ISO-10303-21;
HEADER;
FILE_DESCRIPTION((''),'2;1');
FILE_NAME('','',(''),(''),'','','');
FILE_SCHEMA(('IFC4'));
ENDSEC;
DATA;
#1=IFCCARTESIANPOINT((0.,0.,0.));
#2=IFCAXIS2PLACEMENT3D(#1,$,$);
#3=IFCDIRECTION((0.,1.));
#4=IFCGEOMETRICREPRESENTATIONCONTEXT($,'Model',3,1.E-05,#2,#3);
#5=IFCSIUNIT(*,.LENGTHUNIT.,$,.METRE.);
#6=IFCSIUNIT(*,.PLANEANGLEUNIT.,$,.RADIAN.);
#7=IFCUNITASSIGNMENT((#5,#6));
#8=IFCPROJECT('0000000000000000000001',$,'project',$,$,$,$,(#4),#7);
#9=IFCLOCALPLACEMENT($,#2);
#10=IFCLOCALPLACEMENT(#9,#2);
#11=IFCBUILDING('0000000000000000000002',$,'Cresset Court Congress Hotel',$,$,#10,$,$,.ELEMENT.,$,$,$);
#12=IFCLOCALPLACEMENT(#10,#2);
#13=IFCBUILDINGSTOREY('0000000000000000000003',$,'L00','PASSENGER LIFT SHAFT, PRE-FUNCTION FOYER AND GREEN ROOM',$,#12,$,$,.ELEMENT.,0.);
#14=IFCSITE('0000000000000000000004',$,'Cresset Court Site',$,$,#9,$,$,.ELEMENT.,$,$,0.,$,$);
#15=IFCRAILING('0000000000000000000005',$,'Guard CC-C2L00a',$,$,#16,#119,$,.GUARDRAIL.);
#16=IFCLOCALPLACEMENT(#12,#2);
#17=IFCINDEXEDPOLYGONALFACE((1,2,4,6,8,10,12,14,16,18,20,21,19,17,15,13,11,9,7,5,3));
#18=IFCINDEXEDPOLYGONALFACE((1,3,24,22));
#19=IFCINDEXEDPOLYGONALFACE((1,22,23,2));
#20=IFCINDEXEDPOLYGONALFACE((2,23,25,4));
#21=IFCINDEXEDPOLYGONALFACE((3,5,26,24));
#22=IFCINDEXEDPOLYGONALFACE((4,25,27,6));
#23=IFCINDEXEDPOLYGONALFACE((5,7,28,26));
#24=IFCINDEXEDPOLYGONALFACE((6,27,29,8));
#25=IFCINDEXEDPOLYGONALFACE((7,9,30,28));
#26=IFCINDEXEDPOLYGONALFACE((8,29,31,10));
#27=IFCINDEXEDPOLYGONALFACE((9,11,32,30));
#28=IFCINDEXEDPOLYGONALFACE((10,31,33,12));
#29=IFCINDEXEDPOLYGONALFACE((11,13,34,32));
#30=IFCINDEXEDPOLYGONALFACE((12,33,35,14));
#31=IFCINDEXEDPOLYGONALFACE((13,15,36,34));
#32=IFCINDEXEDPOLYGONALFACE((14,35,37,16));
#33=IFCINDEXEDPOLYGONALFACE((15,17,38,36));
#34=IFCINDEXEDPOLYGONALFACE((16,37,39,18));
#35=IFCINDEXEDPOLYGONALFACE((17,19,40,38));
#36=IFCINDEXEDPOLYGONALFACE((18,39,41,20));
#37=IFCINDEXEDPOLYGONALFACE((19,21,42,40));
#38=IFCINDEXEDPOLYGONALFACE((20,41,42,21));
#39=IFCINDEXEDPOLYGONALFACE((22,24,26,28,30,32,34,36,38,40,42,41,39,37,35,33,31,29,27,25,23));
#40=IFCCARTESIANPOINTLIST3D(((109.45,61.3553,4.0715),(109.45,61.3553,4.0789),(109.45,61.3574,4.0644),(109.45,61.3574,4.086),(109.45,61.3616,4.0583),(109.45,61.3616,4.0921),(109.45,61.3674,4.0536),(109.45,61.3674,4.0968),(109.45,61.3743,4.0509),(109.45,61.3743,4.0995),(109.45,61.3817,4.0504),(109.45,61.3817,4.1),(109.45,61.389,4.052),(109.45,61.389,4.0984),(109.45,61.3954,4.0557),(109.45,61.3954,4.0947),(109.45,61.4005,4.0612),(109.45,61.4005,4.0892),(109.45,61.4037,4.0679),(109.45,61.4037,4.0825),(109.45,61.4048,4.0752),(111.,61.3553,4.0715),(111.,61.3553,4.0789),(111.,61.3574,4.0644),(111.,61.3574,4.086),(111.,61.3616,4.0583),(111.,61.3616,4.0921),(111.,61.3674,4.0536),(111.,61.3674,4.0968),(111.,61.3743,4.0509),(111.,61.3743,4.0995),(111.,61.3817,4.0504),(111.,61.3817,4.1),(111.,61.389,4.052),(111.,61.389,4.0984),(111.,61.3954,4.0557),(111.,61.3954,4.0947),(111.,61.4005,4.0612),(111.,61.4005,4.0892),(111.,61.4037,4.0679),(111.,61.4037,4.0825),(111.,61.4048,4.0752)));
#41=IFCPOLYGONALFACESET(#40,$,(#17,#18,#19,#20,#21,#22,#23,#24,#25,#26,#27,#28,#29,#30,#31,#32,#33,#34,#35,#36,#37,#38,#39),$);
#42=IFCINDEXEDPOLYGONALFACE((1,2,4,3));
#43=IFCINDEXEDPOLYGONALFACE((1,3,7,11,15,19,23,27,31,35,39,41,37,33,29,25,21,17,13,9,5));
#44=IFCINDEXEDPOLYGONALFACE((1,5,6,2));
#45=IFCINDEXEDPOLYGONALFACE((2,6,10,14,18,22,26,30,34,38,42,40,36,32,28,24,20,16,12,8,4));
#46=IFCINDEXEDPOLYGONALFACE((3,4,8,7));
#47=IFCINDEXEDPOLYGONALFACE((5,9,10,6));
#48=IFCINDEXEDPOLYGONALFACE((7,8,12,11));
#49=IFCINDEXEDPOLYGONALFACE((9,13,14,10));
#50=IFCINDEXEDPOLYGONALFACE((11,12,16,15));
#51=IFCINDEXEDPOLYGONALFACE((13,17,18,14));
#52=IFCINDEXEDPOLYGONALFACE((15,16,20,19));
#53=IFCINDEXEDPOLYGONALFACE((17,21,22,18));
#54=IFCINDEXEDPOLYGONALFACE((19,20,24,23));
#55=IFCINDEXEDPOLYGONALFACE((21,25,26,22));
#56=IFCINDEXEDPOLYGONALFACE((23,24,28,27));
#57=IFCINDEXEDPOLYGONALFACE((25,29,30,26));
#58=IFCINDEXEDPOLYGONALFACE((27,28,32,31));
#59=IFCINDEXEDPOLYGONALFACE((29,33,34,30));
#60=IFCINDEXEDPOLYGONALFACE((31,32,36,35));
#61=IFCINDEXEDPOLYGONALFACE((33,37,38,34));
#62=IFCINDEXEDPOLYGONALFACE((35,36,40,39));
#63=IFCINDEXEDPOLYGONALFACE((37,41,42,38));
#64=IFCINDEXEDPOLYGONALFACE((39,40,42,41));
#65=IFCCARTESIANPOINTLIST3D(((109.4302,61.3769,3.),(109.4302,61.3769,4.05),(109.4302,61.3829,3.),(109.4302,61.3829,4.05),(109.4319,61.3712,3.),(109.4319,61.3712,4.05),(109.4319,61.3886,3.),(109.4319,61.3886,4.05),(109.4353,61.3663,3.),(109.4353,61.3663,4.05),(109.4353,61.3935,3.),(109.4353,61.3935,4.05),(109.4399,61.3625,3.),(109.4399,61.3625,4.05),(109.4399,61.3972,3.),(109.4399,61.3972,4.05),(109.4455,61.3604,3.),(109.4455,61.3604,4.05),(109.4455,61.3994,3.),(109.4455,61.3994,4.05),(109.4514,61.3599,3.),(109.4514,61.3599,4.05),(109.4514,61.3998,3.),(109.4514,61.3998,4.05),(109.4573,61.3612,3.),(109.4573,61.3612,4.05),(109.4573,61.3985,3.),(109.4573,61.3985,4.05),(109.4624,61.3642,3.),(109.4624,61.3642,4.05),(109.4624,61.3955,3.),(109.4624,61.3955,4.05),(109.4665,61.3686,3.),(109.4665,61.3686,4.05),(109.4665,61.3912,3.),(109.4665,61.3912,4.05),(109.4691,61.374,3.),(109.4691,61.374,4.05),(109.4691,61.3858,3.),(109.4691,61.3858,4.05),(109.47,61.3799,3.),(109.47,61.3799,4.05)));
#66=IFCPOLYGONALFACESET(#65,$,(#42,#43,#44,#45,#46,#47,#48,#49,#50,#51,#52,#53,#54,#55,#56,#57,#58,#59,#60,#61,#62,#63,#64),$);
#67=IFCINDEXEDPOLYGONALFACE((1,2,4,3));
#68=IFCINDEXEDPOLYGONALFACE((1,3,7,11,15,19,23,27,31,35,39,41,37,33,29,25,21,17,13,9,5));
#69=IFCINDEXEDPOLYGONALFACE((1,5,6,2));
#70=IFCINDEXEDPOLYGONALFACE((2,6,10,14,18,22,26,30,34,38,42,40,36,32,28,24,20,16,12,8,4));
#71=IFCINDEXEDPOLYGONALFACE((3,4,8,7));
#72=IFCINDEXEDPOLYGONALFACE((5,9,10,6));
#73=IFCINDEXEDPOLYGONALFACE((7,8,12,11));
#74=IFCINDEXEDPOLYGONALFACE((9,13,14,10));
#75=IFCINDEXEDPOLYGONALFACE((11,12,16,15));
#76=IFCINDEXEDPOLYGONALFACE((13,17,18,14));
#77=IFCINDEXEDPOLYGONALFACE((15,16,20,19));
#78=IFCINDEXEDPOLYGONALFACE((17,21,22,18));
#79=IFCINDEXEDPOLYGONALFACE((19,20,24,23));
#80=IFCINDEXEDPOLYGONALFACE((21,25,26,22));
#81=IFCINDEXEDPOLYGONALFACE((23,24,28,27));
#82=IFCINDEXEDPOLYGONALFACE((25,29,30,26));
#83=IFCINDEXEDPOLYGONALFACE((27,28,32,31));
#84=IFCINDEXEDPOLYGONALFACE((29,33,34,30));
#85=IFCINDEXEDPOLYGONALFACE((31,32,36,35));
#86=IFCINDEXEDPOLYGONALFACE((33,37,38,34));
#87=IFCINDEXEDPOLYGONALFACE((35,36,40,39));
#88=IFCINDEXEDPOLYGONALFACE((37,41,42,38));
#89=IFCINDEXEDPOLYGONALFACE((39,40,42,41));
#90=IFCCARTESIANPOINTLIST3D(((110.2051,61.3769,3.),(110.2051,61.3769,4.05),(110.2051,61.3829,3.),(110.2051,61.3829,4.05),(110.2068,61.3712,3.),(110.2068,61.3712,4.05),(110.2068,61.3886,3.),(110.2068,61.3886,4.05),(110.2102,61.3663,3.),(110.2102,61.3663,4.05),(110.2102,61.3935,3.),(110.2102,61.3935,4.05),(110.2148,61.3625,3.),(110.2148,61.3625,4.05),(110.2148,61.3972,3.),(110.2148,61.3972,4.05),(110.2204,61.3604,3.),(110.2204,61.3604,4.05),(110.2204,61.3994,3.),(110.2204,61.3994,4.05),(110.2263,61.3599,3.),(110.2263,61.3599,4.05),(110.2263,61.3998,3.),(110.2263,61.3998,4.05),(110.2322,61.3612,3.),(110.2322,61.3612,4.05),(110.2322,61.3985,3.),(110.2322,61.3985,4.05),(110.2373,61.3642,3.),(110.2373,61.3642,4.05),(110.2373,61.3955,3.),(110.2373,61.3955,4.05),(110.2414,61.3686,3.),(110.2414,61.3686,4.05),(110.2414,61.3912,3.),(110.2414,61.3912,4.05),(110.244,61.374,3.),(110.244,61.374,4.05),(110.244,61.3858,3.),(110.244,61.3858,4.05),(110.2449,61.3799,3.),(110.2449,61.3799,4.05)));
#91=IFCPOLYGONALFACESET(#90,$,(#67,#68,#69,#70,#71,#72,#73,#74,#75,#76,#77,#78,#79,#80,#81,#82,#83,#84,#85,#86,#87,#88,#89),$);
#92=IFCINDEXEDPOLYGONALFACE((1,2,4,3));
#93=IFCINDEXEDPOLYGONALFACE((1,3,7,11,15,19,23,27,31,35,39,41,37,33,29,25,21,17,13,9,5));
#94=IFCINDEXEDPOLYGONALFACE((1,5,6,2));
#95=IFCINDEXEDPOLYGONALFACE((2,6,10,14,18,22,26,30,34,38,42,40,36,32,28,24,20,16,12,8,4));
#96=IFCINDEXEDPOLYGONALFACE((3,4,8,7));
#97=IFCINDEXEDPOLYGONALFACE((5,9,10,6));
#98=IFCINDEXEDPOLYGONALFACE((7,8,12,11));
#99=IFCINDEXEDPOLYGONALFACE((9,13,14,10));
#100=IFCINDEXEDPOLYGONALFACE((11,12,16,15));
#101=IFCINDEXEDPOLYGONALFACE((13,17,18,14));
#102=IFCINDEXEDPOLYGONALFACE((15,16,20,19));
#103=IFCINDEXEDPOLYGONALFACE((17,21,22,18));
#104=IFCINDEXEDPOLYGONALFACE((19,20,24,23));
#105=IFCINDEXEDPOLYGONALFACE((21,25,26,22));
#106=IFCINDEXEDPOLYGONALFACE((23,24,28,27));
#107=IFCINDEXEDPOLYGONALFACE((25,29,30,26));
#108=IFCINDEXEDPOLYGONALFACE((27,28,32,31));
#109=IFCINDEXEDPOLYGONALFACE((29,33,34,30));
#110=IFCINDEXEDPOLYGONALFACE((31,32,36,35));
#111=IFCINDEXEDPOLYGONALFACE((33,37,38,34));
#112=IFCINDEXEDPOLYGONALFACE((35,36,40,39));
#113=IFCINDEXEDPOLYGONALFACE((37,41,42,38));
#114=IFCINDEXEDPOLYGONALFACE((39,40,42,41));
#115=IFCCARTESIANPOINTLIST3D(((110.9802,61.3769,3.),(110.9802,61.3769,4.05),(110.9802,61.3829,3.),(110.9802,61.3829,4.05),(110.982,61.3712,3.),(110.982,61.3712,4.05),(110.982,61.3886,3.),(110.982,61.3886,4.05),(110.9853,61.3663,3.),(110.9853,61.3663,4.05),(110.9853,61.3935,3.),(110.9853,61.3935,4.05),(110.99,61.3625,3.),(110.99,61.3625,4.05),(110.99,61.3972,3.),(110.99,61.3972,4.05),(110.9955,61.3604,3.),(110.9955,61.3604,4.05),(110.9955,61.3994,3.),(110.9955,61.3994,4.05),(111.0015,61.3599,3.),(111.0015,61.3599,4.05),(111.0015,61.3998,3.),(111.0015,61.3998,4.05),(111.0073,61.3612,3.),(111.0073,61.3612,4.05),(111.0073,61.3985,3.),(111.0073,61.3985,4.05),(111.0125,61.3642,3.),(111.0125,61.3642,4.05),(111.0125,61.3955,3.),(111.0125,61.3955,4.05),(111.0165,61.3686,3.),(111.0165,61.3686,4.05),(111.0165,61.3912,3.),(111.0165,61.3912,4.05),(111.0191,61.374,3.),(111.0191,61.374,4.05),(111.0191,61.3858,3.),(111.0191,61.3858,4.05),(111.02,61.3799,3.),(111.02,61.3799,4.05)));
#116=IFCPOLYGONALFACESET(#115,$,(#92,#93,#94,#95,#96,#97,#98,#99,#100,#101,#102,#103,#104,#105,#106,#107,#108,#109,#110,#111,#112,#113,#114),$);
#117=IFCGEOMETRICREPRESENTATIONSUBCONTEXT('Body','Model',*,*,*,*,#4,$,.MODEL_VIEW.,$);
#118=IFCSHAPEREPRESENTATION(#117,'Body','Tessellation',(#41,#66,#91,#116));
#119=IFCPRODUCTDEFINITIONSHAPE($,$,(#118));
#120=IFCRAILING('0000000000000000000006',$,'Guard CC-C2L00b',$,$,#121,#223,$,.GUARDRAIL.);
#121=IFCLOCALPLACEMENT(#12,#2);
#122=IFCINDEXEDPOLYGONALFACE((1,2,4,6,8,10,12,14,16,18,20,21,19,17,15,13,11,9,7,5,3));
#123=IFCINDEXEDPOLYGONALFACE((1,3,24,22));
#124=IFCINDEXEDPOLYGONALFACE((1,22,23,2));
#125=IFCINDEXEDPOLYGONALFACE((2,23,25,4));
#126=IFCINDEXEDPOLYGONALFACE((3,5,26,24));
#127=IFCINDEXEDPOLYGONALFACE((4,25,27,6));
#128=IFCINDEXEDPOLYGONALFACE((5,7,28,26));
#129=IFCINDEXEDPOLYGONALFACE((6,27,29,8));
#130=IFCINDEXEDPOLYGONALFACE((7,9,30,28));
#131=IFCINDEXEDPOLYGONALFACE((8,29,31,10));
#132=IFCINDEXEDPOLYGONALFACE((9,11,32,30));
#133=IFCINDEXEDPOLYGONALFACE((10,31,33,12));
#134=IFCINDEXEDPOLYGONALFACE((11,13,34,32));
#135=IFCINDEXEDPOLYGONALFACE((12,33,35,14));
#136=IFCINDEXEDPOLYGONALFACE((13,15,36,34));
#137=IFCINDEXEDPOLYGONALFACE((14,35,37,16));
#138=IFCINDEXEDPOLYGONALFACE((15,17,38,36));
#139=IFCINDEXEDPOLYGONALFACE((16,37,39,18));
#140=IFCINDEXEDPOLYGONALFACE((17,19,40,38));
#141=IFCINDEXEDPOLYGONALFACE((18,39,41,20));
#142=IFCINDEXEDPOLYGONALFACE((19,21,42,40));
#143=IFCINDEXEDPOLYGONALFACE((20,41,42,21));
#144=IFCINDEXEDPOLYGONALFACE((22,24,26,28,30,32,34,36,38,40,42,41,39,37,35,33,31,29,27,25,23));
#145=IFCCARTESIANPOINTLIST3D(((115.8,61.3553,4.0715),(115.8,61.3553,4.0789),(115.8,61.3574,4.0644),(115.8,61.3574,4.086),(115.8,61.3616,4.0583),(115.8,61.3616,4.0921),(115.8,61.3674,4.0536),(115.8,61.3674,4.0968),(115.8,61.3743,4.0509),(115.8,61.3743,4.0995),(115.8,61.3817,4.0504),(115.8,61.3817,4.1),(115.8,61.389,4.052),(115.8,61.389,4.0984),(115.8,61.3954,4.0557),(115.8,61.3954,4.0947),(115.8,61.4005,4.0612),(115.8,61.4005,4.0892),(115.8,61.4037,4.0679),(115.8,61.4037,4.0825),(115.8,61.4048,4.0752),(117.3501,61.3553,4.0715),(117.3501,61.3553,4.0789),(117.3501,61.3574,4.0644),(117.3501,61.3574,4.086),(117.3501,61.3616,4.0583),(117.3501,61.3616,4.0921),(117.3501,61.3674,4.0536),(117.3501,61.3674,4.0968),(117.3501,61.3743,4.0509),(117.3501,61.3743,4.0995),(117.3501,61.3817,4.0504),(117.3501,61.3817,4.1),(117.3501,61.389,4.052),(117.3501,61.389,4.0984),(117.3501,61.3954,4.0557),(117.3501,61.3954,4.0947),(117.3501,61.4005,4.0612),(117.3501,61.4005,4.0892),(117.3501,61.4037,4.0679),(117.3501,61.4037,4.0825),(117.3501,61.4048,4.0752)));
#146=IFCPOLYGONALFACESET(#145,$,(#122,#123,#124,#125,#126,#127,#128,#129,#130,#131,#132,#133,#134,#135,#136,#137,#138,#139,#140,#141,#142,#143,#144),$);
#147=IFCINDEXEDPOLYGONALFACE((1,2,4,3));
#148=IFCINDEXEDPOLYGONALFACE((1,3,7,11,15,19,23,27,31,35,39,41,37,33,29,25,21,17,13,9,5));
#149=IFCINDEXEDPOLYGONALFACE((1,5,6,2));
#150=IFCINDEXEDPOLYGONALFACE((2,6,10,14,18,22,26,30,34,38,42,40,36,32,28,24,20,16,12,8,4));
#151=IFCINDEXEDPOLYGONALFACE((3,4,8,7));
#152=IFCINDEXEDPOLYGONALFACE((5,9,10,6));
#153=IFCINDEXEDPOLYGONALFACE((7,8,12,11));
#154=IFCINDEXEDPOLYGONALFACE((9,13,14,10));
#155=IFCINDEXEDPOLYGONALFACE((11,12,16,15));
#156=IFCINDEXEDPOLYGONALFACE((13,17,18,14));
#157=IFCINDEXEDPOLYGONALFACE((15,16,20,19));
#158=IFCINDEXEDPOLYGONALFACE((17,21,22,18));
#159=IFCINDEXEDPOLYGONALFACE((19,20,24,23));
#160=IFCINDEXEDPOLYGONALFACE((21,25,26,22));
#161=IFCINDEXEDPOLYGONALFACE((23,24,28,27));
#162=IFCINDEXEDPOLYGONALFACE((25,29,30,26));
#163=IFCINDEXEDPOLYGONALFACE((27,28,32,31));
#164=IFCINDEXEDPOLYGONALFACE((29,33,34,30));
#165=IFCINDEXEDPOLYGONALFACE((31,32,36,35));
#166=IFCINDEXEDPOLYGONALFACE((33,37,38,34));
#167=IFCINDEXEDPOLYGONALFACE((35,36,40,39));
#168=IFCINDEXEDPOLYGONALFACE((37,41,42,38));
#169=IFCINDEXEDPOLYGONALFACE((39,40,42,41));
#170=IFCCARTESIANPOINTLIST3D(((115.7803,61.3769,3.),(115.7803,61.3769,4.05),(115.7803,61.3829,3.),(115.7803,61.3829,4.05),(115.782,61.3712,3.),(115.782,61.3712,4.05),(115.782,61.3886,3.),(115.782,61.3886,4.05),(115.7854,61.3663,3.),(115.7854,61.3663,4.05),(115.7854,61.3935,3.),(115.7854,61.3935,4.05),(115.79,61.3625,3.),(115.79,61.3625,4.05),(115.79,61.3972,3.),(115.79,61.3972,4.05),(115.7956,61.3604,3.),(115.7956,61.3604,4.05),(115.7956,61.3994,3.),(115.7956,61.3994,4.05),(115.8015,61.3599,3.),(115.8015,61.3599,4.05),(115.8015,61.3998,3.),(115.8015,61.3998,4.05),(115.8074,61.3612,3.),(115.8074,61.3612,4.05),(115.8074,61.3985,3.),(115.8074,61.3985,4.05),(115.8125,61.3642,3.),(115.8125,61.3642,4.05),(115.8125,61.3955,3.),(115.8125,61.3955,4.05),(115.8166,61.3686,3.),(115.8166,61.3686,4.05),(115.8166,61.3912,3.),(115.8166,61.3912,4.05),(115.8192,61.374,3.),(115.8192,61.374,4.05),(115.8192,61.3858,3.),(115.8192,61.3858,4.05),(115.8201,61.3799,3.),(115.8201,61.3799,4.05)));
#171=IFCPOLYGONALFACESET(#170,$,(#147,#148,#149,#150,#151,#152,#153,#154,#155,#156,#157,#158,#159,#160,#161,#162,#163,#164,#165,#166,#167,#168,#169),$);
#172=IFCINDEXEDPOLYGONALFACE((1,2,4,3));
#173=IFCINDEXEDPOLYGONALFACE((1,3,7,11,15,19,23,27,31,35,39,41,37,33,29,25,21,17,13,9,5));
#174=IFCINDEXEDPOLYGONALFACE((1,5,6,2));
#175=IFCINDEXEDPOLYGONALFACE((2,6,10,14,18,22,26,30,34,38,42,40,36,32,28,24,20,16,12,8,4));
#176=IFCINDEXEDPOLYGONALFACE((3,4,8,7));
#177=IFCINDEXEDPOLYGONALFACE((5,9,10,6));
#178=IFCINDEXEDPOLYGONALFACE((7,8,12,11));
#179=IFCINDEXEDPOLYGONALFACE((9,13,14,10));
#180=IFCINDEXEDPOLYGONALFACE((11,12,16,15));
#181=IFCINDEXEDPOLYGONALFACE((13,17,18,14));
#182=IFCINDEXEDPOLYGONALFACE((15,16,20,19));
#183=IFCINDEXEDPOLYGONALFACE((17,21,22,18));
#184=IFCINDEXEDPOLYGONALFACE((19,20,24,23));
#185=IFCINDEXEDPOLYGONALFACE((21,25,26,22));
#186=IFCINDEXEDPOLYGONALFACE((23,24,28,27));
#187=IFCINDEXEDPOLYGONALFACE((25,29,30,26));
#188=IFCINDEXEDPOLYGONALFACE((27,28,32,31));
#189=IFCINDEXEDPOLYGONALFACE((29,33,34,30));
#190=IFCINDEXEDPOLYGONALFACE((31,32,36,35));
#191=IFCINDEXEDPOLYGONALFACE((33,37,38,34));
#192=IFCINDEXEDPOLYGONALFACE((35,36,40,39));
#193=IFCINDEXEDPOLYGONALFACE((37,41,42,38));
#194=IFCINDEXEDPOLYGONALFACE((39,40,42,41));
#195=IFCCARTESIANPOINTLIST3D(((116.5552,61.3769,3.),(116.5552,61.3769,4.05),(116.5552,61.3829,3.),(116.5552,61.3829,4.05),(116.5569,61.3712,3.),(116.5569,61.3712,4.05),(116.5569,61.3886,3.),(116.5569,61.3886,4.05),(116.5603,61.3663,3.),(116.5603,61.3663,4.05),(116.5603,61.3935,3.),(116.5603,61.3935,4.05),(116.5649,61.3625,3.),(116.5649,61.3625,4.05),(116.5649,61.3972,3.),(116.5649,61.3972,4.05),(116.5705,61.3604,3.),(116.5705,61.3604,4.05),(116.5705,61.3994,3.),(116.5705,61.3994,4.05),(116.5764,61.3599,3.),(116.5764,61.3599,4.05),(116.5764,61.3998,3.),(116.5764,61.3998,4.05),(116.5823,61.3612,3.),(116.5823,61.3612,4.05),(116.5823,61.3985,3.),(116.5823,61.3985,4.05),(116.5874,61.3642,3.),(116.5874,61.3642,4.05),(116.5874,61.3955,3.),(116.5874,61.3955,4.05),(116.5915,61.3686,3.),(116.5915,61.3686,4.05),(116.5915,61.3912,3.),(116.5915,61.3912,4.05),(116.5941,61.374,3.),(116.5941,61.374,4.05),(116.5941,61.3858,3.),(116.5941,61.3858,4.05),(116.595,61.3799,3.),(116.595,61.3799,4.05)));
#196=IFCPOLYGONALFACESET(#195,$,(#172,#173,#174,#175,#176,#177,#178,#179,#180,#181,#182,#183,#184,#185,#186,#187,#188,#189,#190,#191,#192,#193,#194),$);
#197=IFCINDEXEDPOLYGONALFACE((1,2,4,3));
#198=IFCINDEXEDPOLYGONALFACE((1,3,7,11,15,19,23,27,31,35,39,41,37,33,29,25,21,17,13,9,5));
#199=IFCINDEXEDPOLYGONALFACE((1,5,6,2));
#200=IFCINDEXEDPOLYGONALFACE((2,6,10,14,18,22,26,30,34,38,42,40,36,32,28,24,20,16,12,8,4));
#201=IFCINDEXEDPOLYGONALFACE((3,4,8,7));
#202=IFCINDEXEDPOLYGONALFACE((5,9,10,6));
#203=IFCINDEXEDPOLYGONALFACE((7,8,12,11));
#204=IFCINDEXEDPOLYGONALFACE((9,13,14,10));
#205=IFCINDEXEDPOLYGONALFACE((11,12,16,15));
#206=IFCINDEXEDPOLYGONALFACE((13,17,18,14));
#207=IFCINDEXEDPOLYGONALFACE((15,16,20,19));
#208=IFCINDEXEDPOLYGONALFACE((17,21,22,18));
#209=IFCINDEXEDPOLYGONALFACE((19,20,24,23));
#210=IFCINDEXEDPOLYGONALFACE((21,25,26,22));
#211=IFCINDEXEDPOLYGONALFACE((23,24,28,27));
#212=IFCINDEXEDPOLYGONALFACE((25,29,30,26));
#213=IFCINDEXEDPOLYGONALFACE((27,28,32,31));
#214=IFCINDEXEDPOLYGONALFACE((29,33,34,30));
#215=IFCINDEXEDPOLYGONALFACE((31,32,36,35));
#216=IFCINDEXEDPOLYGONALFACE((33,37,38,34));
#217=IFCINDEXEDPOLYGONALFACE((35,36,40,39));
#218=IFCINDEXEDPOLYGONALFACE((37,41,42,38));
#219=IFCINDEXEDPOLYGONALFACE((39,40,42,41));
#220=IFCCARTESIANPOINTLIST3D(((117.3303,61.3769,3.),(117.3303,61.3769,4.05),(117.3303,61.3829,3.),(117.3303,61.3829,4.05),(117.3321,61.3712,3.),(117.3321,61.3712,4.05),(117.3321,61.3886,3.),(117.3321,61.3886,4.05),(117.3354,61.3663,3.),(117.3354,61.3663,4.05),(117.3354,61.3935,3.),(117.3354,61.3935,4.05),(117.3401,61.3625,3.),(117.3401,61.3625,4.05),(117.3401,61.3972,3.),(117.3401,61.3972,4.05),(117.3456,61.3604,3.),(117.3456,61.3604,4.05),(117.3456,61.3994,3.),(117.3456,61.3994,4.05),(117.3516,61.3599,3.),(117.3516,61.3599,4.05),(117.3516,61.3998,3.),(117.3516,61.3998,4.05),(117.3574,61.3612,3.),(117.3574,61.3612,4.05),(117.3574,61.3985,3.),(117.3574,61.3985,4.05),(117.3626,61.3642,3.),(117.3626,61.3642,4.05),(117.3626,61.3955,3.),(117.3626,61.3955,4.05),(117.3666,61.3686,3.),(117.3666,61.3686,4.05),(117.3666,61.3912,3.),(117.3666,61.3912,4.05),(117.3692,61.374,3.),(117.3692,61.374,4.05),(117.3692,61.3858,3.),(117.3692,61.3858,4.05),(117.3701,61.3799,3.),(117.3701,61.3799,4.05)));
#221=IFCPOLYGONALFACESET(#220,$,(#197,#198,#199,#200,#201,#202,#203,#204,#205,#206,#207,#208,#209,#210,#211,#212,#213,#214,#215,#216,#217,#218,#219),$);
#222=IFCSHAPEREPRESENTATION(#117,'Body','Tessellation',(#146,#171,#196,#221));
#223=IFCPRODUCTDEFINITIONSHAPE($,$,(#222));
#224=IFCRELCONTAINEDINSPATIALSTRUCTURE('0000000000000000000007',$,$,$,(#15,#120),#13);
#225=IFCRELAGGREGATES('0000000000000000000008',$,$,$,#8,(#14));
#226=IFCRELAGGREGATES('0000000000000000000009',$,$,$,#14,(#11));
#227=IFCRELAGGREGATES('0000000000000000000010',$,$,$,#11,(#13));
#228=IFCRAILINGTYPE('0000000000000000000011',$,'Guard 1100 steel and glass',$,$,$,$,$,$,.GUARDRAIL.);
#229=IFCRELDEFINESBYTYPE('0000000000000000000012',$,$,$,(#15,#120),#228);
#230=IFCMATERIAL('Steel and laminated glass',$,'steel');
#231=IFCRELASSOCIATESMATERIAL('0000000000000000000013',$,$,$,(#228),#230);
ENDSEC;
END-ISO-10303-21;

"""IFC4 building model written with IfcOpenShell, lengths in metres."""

from ifc_helpers import new_model, si_unit, direction, frame, origin, origin_2d, place, context, subcontext, project, spatial, circle, extrude, material, type_object, element, save


model = new_model("IFC4")

# Units and contexts
model_context = context("Model", 3, precision=1e-05, world=origin(), true_north=direction((0.0, 1.0)))
body_context = subcontext(model_context, "Body", "Model", "MODEL_VIEW")
ifc_project = project(units=[si_unit("LENGTHUNIT", "METRE"), si_unit("PLANEANGLEUNIT", "RADIAN")], contexts=[model_context])

# Site, building, storey
site_placement = place(None, origin())
site = spatial("IfcSite", under=ifc_project, at=site_placement, Name="Cresset Court Site", CompositionType="ELEMENT", RefElevation=0.0)
building_placement = place(site_placement, origin())
building = spatial("IfcBuilding", under=site, at=building_placement, Name="Cresset Court Congress Hotel", CompositionType="ELEMENT")
storey_placement = place(building_placement, origin())
storey = spatial("IfcBuildingStorey", under=building, at=storey_placement, Name="L00", Description="PASSENGER LIFT SHAFT, PRE-FUNCTION FOYER AND GREEN ROOM", CompositionType="ELEMENT", Elevation=0.0)

# Railings
ifc_material_1 = material(Name="Steel and laminated glass", Category="steel")
railing_type_1 = type_object("IfcRailingType", Name="Guard 1100 steel and glass", PredefinedType="GUARDRAIL", material=ifc_material_1)
for number, where, name in (
    (1, (109.45, 61.3799, 3.0), "Guard CC-C2L00a"),
    (2, (115.8, 61.3799, 3.0), "Guard CC-C2L00b"),
):
    element("IfcRailing", number, at=place(storey_placement, frame(where)), inside=storey, type_object=railing_type_1, Name=name, PredefinedType="GUARDRAIL", context=body_context, shape_type="SweptSolid", body=[
        extrude(circle(Radius=0.0249, at=origin_2d()), frame((0.0, 0.0, 1.0752), z_axis=(1.0, 0.0, 0.0), x_axis=(0.0, 1.0, 0.0)), (0.0, 0.0, 1.0), 1.55),
        extrude(circle(Radius=0.02, at=origin_2d()), origin(), (0.0, 0.0, 1.0), 1.05),
        extrude(circle(Radius=0.02, at=origin_2d()), frame((0.7749, 0.0, 0.0)), (0.0, 0.0, 1.0), 1.05),
        extrude(circle(Radius=0.02, at=origin_2d()), frame((1.55, 0.0, 0.0)), (0.0, 0.0, 1.0), 1.05),
    ])

save(model, "model.ifc")
